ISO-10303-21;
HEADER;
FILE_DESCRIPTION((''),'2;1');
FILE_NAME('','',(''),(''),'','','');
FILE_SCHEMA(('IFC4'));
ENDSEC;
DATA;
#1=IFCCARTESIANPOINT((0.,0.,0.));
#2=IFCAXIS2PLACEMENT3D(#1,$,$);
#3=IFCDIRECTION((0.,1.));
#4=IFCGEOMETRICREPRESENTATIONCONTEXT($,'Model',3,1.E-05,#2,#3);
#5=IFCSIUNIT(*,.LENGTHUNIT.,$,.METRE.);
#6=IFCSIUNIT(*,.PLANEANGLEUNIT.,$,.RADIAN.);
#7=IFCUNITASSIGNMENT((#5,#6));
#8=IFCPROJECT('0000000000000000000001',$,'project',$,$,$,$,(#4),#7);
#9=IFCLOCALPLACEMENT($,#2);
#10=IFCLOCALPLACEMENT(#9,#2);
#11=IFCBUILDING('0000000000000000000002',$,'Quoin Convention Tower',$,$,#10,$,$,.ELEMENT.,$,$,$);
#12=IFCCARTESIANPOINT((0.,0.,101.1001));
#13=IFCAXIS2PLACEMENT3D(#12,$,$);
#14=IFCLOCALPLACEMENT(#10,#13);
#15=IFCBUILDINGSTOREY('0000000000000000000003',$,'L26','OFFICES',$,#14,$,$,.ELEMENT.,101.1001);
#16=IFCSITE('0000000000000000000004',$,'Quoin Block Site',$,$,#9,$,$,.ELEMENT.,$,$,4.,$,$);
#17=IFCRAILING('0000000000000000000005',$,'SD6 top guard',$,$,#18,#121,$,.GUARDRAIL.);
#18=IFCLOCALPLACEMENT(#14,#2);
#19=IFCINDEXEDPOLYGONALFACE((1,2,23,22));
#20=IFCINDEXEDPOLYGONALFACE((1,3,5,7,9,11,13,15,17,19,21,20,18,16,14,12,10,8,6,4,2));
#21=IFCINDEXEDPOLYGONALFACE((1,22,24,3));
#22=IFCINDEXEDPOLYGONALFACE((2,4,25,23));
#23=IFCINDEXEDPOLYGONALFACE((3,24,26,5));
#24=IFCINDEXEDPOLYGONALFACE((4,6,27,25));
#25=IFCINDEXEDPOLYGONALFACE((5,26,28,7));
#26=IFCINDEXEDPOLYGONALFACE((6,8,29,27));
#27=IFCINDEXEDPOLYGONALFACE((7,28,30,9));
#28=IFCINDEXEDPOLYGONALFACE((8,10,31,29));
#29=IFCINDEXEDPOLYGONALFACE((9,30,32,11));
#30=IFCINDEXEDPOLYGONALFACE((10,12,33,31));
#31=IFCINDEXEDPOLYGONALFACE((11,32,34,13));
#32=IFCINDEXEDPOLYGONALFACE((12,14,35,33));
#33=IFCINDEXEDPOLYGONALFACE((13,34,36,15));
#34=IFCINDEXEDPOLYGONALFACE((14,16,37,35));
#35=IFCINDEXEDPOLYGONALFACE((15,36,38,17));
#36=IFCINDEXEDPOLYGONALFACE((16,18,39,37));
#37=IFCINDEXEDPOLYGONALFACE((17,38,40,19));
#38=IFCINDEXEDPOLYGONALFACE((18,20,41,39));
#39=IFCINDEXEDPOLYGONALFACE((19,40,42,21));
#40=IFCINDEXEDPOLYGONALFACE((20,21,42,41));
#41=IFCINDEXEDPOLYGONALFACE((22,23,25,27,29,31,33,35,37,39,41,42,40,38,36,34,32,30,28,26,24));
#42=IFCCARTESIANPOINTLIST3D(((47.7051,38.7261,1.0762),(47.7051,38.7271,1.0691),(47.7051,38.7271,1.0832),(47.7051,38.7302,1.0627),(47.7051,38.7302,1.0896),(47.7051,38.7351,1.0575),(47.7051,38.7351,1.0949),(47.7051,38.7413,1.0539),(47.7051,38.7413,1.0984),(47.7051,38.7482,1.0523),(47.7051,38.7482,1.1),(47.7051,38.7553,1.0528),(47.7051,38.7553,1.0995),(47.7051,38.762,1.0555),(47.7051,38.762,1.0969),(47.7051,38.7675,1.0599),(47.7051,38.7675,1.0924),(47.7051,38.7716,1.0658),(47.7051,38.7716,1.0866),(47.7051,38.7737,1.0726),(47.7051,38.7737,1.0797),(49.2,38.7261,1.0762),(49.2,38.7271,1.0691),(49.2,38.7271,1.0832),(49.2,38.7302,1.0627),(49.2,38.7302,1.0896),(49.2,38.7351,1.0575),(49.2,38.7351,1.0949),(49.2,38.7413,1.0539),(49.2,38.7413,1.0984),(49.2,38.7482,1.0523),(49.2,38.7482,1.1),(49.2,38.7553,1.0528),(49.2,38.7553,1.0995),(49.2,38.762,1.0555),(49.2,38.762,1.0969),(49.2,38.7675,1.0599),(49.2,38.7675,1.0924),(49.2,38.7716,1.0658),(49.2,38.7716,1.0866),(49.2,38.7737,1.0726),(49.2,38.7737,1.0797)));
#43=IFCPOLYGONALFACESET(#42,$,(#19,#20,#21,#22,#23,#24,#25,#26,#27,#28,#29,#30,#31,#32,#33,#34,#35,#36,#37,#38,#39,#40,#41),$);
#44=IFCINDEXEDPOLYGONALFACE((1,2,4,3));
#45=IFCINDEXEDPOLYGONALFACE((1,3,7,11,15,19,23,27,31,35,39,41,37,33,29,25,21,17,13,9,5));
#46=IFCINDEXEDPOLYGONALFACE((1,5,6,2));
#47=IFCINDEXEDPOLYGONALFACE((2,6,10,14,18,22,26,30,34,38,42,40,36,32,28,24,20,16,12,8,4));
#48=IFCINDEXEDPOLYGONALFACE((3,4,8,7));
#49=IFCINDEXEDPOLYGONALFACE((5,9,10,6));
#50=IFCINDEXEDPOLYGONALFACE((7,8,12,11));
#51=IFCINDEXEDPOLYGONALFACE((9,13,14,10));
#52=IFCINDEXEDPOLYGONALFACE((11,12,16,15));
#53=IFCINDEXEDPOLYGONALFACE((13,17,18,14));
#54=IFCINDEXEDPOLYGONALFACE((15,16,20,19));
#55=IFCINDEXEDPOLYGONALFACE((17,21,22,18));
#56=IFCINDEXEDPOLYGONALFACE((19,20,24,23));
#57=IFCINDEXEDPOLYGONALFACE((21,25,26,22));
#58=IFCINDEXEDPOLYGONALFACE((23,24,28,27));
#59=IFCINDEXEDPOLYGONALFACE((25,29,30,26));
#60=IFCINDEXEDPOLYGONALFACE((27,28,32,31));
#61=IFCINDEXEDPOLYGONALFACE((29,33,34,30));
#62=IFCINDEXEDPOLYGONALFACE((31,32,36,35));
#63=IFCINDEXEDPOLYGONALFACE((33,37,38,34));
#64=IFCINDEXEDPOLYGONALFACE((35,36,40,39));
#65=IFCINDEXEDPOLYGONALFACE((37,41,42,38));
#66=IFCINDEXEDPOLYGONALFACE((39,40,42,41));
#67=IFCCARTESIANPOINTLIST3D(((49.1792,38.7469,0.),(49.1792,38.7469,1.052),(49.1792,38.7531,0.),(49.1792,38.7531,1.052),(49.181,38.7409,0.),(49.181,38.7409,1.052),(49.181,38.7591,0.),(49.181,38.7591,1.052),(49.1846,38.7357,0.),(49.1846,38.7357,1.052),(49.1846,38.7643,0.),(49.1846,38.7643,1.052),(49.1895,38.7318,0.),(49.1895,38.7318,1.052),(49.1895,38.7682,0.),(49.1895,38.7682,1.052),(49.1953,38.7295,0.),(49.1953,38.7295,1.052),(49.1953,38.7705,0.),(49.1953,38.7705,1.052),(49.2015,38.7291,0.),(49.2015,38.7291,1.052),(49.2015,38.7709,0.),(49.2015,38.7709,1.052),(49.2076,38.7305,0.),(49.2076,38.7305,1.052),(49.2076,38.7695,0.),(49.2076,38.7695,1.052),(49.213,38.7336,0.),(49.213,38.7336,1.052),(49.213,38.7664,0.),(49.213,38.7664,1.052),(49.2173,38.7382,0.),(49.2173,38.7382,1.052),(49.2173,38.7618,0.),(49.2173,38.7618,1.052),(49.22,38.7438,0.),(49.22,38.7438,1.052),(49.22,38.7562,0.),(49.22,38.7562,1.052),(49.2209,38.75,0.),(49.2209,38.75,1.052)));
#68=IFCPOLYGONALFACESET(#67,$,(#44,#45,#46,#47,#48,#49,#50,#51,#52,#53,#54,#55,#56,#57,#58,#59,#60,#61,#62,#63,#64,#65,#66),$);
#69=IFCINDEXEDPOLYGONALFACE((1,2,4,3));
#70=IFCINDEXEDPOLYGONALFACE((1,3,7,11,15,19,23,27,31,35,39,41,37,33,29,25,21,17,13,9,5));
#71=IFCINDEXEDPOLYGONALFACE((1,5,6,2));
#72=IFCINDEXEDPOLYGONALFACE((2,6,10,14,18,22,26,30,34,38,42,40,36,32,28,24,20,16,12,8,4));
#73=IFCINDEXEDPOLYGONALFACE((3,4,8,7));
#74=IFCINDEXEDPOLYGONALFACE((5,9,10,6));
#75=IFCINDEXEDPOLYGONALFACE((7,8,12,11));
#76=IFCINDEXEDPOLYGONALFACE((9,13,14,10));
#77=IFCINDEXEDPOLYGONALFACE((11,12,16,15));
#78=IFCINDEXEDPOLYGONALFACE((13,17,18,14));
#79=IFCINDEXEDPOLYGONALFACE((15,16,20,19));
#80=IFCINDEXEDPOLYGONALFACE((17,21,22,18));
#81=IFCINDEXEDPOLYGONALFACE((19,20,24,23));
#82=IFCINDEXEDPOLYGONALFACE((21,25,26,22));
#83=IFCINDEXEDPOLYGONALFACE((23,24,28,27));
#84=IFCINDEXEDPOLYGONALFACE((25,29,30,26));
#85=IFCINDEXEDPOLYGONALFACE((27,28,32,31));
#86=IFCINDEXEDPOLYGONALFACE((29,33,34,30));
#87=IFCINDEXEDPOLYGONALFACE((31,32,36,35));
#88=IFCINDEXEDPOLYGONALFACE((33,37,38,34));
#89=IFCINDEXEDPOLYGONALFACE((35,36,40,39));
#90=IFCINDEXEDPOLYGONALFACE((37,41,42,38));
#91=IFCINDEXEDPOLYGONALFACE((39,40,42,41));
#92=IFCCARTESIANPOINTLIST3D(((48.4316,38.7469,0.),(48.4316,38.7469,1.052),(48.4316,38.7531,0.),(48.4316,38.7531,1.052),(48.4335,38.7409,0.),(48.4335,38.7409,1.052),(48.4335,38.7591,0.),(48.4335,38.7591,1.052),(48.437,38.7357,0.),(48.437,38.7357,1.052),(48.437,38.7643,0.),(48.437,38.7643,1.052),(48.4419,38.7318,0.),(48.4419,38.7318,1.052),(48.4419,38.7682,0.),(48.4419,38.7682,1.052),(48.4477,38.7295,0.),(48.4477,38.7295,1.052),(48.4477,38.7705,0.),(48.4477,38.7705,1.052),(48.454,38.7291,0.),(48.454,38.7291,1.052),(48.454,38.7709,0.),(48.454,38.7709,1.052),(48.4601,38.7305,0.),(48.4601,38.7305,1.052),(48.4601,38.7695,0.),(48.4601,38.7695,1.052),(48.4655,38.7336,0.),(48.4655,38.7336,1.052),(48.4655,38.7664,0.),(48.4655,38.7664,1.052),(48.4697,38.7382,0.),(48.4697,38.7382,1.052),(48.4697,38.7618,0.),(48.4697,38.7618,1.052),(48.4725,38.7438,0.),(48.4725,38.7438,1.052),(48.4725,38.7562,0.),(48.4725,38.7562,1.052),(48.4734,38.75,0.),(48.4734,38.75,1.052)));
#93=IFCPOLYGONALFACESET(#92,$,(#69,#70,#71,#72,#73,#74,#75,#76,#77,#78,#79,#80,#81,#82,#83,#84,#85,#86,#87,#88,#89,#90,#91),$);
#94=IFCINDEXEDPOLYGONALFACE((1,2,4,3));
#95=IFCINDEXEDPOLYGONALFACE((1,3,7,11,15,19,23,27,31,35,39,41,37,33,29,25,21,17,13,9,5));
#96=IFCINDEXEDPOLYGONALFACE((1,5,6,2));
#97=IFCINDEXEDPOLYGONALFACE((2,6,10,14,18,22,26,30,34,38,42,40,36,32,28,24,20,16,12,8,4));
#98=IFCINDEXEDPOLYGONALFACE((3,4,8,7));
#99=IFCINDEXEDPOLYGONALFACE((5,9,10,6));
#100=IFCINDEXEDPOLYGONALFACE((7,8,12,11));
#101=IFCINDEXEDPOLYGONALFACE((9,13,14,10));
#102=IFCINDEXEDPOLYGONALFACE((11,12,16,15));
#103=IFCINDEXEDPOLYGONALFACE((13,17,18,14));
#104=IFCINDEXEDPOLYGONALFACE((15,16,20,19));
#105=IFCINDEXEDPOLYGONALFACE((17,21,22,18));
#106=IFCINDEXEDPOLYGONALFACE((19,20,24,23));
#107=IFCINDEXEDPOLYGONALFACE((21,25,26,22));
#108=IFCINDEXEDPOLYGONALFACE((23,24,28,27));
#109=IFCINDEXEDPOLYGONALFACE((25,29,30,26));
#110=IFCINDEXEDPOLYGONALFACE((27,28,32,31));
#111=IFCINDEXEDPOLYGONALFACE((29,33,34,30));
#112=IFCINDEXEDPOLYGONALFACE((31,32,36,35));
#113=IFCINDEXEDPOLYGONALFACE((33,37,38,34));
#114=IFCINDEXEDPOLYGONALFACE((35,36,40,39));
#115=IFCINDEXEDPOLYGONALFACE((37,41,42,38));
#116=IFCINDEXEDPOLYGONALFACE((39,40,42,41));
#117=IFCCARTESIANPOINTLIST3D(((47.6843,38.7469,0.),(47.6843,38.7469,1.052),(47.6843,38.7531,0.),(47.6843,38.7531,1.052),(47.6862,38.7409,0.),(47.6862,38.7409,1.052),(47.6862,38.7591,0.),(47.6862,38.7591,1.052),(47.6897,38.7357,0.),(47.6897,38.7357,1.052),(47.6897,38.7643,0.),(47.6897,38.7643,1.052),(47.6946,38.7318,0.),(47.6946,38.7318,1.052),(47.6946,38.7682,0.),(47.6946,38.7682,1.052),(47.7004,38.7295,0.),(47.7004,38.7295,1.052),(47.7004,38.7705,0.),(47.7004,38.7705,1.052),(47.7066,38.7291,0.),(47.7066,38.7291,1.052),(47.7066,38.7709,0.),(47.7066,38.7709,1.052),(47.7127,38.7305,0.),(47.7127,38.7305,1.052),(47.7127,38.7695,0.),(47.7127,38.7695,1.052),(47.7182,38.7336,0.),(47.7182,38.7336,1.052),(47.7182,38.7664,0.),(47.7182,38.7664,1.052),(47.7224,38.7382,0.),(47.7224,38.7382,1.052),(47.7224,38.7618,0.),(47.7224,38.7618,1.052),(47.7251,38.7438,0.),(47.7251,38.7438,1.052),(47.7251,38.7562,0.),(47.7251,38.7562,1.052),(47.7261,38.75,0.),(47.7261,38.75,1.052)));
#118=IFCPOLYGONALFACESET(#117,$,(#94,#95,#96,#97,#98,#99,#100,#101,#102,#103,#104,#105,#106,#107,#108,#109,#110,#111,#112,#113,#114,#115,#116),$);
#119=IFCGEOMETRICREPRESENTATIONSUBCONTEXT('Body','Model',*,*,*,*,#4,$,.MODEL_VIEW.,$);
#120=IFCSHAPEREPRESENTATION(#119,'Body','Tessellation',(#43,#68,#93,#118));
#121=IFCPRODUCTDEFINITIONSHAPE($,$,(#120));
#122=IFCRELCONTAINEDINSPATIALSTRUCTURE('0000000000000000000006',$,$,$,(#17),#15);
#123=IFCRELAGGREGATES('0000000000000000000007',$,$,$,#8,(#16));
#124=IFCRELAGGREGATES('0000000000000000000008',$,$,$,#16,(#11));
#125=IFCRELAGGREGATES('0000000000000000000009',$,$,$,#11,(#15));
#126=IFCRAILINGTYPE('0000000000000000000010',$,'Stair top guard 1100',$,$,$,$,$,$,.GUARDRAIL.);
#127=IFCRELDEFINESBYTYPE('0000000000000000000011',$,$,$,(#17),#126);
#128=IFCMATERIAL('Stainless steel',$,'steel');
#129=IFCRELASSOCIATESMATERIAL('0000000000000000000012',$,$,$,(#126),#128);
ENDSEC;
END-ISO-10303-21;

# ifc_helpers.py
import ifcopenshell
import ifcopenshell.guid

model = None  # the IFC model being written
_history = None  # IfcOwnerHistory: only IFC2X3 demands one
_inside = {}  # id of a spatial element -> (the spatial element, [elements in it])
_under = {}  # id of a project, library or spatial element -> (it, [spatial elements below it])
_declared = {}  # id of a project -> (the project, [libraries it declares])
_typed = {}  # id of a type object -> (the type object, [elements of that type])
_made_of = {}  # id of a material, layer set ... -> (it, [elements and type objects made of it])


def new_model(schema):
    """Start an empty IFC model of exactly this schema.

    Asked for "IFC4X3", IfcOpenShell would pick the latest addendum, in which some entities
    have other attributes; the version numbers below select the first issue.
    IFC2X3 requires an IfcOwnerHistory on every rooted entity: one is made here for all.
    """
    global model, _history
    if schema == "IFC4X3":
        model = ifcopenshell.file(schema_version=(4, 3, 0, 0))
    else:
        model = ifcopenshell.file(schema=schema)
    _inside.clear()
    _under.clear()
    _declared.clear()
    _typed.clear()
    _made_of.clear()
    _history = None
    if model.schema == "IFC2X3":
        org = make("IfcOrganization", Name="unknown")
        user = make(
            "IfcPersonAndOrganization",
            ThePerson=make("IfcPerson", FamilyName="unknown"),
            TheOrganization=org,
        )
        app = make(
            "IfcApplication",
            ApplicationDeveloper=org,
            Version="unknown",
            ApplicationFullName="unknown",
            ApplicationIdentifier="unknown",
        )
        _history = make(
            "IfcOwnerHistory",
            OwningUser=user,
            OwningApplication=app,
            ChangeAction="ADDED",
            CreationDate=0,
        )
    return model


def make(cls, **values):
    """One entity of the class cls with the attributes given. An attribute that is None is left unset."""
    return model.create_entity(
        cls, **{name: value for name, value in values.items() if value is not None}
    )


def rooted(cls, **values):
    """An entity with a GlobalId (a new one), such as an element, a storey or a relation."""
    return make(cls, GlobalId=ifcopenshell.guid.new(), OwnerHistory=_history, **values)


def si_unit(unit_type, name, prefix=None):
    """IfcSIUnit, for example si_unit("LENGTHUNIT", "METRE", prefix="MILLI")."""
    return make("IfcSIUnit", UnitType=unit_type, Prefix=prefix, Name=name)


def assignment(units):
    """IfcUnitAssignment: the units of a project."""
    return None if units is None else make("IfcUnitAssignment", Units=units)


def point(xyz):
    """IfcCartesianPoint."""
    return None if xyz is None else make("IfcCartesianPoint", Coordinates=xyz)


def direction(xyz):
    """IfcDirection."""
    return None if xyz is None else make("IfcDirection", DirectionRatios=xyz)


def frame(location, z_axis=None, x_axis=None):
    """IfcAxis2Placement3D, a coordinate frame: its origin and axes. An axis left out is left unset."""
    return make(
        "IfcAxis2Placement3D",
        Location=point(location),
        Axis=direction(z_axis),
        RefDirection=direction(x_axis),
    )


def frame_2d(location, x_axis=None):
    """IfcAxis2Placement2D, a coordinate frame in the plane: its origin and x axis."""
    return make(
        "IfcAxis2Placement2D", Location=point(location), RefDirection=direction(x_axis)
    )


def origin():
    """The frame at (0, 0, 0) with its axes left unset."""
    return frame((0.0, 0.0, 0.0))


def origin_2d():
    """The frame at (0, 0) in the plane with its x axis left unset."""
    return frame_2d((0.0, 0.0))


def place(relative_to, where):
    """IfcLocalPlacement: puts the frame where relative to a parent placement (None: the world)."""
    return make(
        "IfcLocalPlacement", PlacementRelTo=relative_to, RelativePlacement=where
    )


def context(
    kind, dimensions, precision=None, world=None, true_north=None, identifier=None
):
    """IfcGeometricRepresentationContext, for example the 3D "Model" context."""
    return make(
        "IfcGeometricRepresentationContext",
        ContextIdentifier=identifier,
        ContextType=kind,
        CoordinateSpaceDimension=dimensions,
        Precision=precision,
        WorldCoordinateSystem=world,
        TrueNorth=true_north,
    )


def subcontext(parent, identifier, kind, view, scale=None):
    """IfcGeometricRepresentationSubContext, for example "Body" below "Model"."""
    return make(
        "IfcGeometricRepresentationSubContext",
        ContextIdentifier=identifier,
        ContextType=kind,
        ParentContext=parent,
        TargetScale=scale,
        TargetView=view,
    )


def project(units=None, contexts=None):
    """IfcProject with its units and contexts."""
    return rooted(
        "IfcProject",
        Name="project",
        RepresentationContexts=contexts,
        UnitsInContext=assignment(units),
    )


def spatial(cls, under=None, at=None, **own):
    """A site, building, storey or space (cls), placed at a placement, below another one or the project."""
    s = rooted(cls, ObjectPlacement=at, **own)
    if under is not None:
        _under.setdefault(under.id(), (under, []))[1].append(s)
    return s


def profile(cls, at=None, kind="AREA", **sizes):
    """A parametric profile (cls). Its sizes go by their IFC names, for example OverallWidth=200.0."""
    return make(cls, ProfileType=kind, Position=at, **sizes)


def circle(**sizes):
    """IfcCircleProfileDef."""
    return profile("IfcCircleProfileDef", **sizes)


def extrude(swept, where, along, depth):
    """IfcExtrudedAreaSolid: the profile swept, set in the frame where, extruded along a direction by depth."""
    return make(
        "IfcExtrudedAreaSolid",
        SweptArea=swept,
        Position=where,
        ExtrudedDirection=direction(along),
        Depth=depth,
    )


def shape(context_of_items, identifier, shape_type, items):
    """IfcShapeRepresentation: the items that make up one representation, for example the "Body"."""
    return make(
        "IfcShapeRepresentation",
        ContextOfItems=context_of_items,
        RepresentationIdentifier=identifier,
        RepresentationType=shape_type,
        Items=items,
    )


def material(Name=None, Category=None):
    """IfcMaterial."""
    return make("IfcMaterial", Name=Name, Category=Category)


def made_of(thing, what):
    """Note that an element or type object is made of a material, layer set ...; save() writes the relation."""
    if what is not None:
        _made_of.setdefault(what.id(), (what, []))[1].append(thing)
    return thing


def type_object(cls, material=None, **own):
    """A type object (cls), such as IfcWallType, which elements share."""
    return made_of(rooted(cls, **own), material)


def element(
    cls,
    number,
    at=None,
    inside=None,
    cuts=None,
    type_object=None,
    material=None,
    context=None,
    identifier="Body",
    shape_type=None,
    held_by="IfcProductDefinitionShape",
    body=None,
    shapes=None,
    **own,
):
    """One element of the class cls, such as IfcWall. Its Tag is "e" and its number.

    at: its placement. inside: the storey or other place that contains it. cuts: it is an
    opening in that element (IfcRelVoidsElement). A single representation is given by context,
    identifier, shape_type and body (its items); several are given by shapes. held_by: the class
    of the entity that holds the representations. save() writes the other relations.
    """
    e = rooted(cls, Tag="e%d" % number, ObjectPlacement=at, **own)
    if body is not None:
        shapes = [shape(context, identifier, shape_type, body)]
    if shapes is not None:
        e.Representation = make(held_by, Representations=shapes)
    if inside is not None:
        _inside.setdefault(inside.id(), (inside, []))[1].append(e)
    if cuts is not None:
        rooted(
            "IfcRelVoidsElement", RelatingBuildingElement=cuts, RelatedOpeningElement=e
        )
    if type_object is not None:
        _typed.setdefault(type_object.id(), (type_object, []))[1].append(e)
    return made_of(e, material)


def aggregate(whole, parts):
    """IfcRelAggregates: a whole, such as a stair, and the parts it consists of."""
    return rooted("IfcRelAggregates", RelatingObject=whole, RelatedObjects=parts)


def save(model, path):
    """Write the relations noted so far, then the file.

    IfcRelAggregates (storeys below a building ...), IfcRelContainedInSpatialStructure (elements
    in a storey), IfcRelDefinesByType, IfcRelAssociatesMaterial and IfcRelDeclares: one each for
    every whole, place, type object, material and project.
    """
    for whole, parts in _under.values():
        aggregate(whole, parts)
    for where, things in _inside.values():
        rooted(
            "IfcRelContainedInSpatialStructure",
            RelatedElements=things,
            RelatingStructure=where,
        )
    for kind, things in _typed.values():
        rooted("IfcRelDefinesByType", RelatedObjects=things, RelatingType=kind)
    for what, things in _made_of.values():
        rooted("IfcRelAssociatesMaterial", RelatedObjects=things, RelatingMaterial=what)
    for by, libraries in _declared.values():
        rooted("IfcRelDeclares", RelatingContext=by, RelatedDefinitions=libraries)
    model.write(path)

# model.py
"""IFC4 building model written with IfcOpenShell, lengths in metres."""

from ifc_helpers import new_model, si_unit, direction, frame, origin, origin_2d, place, context, subcontext, project, spatial, circle, extrude, material, type_object, element, save


model = new_model("IFC4")

# Units and contexts
model_context = context("Model", 3, precision=1e-05, world=origin(), true_north=direction((0.0, 1.0)))
body_context = subcontext(model_context, "Body", "Model", "MODEL_VIEW")
ifc_project = project(units=[si_unit("LENGTHUNIT", "METRE"), si_unit("PLANEANGLEUNIT", "RADIAN")], contexts=[model_context])

# Site, building, storey
site_placement = place(None, origin())
site = spatial("IfcSite", under=ifc_project, at=site_placement, Name="Quoin Block Site", CompositionType="ELEMENT", RefElevation=4.0)
building_placement = place(site_placement, origin())
building = spatial("IfcBuilding", under=site, at=building_placement, Name="Quoin Convention Tower", CompositionType="ELEMENT")
storey_placement = place(building_placement, frame((0.0, 0.0, 101.1001)))
storey = spatial("IfcBuildingStorey", under=building, at=storey_placement, Name="L26", Description="OFFICES", CompositionType="ELEMENT", Elevation=101.1001)

# Railing
ifc_material_1 = material(Name="Stainless steel", Category="steel")
railing_type_1 = type_object("IfcRailingType", Name="Stair top guard 1100", PredefinedType="GUARDRAIL", material=ifc_material_1)
railing_1_placement = place(storey_placement, frame((49.2, 38.75, 0.0)))
element("IfcRailing", 1, at=railing_1_placement, inside=storey, type_object=railing_type_1, Name="SD6 top guard", PredefinedType="GUARDRAIL", context=body_context, shape_type="SweptSolid", body=[
    extrude(circle(Radius=0.0239, at=origin_2d()), frame((0.0, 0.0, 1.0762), z_axis=(-1.0, 0.0, 0.0), x_axis=(0.0, -1.0, 0.0)), (0.0, 0.0, 1.0), 1.4949),
    extrude(circle(Radius=0.021, at=origin_2d()), origin(), (0.0, 0.0, 1.0), 1.052),
    extrude(circle(Radius=0.021, at=origin_2d()), frame((-0.7476, 0.0, 0.0)), (0.0, 0.0, 1.0), 1.052),
    extrude(circle(Radius=0.021, at=origin_2d()), frame((-1.4949, 0.0, 0.0)), (0.0, 0.0, 1.0), 1.052),
])

save(model, "model.ifc")
